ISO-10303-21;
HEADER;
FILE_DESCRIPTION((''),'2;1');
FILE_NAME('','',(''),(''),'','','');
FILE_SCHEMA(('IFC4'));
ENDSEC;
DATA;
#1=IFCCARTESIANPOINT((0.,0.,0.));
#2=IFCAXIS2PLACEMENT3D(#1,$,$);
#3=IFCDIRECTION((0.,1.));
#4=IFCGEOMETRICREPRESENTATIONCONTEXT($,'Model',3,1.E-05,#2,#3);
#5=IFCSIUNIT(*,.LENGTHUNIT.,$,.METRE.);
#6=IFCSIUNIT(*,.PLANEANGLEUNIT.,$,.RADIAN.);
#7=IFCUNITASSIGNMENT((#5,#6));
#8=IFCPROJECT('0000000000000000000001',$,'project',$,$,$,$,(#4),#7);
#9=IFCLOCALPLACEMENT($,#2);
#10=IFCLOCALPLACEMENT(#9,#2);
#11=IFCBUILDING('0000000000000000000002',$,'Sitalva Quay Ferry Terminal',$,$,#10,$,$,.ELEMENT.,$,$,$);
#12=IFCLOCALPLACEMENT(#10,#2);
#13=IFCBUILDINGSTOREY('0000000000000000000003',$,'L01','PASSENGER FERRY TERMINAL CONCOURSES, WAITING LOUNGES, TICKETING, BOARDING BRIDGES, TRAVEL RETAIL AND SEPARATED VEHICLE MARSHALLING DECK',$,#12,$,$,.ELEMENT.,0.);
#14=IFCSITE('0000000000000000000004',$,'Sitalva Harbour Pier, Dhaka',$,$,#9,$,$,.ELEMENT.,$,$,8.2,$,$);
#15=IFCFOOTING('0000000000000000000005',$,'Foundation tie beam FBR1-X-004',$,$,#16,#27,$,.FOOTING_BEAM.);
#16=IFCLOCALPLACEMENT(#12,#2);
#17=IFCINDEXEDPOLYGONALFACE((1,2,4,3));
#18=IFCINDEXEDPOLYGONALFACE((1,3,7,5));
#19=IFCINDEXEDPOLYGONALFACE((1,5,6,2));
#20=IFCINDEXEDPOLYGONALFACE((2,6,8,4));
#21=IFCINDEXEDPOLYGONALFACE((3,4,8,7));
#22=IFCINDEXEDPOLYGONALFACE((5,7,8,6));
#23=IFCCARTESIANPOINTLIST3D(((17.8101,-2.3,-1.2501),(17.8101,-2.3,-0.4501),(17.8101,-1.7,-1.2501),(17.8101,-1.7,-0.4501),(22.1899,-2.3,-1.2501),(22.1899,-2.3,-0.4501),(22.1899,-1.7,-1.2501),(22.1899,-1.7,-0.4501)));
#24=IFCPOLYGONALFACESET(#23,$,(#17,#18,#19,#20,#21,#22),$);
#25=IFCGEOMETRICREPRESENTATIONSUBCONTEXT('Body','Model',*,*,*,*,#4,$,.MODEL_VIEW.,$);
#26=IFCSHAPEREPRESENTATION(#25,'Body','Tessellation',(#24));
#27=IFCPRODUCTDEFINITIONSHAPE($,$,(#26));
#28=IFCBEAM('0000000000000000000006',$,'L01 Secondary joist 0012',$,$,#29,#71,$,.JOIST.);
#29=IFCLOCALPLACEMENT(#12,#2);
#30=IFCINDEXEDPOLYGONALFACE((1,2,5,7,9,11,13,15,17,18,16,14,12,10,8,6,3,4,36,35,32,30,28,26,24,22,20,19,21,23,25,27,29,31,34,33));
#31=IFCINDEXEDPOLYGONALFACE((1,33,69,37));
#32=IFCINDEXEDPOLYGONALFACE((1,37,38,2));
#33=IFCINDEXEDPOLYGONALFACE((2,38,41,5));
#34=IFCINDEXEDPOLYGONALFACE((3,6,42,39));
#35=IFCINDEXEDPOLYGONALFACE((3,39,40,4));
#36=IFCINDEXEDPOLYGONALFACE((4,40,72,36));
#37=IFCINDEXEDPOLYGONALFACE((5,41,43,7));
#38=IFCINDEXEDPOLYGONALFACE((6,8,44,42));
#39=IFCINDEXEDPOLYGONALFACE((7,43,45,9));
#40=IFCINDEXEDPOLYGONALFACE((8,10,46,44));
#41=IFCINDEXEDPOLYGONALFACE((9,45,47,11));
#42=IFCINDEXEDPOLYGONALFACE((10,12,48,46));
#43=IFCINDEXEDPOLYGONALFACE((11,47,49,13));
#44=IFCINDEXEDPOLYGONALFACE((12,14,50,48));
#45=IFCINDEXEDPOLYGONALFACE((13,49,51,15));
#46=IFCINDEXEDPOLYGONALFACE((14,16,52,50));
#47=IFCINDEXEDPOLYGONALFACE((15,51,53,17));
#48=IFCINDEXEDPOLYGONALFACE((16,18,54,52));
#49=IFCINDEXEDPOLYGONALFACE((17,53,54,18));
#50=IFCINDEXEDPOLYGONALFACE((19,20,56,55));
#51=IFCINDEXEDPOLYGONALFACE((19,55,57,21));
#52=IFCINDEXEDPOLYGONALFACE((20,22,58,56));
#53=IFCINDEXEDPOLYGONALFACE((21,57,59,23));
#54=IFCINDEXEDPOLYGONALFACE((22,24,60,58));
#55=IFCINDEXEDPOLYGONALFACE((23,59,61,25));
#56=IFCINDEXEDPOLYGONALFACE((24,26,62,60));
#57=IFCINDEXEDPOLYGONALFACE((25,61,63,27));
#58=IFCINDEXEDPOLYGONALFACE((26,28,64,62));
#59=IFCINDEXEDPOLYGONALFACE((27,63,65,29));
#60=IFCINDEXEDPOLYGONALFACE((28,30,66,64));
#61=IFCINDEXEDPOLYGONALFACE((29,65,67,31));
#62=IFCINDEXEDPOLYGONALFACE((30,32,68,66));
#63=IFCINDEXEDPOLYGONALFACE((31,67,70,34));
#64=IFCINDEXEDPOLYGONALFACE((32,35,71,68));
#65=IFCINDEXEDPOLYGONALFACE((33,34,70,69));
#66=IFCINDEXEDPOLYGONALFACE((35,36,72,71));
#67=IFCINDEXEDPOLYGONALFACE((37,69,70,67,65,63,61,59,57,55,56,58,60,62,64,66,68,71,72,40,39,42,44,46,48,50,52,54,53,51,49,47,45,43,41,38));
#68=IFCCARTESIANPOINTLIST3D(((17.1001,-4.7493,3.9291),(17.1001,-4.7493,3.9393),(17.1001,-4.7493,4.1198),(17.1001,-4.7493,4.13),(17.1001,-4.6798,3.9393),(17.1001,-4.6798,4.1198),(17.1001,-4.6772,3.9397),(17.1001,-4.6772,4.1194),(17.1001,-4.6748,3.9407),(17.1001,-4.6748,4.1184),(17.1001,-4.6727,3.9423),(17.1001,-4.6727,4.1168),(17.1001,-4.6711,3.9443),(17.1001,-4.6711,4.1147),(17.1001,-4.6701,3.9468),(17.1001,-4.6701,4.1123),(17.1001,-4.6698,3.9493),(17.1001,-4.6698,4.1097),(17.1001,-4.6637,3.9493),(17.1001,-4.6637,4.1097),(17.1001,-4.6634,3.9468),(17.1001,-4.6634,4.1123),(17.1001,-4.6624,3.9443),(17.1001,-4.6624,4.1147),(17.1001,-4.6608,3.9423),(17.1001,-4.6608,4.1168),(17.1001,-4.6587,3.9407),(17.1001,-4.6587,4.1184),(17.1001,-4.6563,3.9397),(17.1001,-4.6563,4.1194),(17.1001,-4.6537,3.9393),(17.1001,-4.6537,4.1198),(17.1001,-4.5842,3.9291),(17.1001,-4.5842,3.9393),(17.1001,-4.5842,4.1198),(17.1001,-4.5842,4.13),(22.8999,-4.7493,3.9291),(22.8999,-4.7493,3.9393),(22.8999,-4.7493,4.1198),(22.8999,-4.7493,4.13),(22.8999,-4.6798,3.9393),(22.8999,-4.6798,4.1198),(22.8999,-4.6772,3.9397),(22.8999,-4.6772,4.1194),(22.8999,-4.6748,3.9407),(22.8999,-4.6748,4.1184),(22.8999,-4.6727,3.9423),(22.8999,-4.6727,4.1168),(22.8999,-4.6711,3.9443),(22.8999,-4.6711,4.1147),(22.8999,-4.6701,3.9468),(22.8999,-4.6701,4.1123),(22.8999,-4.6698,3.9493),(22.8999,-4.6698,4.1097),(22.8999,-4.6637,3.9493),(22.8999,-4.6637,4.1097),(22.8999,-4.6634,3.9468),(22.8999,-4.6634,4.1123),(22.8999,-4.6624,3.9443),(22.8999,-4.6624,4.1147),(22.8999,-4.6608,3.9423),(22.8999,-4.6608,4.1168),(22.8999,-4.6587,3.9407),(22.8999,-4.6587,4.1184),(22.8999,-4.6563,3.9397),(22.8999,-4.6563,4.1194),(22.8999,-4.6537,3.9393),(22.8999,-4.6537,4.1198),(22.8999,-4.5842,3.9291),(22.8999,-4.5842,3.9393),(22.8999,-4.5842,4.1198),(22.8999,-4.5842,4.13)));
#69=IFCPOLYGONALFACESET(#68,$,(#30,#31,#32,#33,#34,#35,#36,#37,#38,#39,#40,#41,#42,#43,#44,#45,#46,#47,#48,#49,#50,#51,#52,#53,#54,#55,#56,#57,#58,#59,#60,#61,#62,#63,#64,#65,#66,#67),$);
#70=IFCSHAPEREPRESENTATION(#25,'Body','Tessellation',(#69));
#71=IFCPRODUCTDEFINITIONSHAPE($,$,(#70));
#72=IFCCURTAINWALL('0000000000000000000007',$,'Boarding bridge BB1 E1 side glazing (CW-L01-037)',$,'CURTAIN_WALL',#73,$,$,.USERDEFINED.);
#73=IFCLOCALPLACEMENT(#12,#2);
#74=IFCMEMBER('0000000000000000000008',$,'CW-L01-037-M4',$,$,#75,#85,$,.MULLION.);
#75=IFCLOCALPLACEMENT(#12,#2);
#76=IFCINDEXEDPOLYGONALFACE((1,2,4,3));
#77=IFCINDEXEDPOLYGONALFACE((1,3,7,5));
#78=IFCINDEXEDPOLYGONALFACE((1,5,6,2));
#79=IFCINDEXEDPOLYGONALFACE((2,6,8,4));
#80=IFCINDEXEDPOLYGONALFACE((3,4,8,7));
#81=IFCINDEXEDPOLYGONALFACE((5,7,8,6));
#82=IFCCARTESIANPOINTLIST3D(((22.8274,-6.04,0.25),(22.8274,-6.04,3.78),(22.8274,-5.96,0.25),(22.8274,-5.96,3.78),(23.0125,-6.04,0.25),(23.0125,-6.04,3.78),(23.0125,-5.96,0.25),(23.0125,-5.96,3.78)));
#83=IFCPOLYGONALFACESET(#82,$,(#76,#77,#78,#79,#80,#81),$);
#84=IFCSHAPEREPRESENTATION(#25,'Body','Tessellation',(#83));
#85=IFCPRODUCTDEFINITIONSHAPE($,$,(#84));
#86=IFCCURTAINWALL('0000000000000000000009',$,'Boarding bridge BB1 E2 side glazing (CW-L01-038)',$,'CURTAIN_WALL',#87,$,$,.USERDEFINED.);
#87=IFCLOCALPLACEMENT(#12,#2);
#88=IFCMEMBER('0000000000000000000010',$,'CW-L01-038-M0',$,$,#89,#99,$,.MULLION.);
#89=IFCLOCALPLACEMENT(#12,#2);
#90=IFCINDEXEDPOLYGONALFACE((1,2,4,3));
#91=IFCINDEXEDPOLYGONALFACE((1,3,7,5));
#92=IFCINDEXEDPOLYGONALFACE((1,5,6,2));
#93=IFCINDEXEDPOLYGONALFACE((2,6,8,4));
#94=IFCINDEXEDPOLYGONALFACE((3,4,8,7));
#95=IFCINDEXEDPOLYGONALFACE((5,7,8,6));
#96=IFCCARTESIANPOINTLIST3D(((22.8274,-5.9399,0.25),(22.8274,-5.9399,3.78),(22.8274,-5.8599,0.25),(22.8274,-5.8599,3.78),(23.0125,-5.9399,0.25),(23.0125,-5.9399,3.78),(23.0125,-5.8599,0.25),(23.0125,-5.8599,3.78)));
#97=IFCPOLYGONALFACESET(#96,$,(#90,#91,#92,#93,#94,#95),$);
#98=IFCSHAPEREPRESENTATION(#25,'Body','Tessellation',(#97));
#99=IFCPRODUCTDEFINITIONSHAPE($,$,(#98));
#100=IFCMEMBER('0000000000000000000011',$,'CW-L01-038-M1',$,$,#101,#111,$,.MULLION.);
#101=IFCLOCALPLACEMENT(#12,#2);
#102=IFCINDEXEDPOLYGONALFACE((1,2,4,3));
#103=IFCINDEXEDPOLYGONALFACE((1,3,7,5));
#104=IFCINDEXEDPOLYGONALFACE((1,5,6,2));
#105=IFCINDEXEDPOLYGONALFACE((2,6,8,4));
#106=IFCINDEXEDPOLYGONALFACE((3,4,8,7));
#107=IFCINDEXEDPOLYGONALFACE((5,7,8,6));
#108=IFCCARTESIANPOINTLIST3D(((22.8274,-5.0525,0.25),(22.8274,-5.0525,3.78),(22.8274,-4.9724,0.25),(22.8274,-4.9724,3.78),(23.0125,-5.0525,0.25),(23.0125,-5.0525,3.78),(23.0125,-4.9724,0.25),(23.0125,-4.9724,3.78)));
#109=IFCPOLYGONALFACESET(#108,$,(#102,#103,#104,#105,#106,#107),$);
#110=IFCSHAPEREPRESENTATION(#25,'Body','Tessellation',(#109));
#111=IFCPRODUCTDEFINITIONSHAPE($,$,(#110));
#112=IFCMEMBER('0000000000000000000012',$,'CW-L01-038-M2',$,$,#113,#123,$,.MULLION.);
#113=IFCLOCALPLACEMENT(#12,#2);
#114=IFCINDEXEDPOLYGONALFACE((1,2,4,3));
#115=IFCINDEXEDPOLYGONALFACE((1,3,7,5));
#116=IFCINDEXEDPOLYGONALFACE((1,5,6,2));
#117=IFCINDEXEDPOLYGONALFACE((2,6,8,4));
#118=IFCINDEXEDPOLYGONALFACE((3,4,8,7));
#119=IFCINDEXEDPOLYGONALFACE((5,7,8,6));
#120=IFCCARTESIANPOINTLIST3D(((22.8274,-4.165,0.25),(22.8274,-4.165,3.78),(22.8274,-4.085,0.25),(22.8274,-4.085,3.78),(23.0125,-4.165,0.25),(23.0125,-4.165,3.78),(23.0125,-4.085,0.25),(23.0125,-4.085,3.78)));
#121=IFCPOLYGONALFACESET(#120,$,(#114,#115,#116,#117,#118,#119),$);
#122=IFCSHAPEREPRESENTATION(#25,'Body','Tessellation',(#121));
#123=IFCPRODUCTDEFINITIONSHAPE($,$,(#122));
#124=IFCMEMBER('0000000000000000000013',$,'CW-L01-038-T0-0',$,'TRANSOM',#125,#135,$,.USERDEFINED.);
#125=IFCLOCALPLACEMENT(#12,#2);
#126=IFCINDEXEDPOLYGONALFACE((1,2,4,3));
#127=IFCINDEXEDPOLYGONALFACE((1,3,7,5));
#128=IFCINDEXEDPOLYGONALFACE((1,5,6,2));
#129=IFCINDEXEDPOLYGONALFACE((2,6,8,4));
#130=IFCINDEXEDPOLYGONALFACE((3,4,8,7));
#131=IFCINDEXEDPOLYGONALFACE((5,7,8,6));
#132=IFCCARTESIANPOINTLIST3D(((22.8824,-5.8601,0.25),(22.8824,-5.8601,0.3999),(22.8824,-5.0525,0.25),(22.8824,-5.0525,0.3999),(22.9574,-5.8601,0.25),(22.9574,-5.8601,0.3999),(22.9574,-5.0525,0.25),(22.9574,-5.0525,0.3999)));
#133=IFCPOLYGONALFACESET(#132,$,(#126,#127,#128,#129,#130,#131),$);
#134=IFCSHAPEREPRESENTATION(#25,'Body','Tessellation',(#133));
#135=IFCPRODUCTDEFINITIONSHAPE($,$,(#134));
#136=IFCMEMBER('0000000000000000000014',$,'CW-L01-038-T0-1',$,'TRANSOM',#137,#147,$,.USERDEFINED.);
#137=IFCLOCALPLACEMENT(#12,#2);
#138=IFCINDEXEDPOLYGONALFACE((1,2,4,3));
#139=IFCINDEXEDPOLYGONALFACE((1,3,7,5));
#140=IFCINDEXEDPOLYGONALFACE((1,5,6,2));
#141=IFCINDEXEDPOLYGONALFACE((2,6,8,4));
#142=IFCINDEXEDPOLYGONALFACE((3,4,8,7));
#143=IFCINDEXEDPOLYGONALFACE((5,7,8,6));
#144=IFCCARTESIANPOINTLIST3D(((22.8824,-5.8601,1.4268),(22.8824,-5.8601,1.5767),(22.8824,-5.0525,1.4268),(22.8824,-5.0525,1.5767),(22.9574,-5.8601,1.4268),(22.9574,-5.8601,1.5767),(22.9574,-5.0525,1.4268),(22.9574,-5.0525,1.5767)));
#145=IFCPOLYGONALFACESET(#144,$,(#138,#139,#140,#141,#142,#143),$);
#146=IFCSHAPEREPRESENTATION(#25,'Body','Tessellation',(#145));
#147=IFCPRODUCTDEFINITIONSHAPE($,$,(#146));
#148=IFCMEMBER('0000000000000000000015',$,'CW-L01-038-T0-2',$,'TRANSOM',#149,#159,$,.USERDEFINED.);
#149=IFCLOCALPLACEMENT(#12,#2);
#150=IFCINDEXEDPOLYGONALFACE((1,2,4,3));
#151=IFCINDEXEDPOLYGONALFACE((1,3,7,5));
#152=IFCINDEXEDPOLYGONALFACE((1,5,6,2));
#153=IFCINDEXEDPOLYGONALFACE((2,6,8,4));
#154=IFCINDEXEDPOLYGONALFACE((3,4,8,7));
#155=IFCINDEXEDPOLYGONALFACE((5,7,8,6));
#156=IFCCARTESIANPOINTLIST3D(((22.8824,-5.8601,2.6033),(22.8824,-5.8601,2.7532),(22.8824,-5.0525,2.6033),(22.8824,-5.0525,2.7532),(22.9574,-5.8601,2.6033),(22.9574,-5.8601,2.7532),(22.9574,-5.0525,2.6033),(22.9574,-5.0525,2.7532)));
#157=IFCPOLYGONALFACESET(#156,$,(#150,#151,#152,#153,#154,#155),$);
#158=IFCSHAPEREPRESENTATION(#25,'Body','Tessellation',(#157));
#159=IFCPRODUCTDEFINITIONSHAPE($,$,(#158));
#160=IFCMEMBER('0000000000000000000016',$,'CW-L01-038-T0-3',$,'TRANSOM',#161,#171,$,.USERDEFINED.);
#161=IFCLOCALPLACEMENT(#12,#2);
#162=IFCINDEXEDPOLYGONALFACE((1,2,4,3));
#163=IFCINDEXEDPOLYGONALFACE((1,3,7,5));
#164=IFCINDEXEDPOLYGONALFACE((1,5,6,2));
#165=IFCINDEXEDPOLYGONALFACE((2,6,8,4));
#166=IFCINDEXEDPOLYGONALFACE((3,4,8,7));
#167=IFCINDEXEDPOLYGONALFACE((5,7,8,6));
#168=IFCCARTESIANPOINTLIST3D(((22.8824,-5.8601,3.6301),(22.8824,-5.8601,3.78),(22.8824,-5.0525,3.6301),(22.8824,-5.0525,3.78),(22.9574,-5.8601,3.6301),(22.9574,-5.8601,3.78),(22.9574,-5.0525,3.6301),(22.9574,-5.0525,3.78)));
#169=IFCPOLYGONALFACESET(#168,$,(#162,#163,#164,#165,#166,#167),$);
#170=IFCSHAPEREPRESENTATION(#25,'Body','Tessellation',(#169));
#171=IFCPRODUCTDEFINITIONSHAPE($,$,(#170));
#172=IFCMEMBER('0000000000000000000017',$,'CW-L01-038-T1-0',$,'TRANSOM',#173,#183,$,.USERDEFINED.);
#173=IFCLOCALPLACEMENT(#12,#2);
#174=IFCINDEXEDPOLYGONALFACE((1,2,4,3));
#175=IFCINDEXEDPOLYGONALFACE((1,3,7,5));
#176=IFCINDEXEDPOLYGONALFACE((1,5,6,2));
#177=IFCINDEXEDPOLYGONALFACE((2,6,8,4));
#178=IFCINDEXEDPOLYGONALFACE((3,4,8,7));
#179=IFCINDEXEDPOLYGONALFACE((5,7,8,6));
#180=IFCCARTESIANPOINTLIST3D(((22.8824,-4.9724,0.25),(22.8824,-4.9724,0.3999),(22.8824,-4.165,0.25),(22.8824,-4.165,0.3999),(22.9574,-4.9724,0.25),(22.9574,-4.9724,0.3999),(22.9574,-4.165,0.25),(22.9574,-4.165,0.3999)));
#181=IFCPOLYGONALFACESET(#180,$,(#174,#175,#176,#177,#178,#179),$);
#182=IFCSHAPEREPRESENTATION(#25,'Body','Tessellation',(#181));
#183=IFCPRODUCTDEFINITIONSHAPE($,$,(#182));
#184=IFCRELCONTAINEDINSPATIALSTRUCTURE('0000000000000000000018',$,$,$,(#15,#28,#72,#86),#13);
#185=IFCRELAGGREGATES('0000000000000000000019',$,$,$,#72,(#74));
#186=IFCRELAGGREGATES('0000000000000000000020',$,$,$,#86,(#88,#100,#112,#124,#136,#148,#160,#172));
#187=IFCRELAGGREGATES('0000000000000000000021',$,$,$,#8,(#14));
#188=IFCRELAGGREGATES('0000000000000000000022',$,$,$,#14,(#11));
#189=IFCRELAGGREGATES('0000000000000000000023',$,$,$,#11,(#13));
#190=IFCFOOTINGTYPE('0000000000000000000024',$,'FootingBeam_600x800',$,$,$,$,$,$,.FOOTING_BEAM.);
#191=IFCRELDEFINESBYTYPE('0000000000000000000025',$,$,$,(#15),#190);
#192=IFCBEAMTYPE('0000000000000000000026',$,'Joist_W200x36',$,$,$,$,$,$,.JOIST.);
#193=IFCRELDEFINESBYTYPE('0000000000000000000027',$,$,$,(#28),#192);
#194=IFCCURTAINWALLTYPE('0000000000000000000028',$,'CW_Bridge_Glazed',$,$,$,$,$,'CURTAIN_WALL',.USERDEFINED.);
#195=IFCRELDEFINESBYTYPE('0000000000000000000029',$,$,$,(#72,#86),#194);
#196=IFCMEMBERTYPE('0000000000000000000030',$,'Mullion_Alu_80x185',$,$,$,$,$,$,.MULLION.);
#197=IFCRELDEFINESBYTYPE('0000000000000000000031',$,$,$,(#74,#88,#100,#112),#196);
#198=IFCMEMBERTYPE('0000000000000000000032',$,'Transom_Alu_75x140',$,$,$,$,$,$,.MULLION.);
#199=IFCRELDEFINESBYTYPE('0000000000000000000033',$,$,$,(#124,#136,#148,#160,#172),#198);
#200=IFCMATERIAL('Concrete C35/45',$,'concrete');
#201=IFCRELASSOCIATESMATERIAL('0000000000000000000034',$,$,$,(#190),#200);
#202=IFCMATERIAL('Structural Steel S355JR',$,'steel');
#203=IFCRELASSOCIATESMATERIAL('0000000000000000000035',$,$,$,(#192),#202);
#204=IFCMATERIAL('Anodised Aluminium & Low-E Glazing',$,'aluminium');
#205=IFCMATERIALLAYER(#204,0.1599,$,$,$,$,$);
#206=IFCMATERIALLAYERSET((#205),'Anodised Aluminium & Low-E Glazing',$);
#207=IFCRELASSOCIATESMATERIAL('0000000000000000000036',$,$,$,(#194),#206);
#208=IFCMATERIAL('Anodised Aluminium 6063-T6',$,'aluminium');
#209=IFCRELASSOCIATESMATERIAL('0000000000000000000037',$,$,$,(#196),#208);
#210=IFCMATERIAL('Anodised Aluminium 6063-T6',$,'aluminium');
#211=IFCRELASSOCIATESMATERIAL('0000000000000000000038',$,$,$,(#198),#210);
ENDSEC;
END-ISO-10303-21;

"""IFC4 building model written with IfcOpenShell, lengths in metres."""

from ifc_helpers import new_model, si_unit, direction, frame, origin, origin_2d, place, context, subcontext, project, spatial, rectangle, i_section, extrude, material, layer, layer_set, material_profile, profile_set, type_object, element, aggregate, save


model = new_model("IFC4")

# Units and contexts
model_context = context("Model", 3, precision=1e-05, world=origin(), true_north=direction((0.0, 1.0)))
body_context = subcontext(model_context, "Body", "Model", "MODEL_VIEW")
ifc_project = project(units=[si_unit("LENGTHUNIT", "METRE"), si_unit("PLANEANGLEUNIT", "RADIAN")], contexts=[model_context])

# Site, building, storey
site_placement = place(None, origin())
site = spatial("IfcSite", under=ifc_project, at=site_placement, Name="Sitalva Harbour Pier, Dhaka", CompositionType="ELEMENT", RefElevation=8.2)
building_placement = place(site_placement, origin())
building = spatial("IfcBuilding", under=site, at=building_placement, Name="Sitalva Quay Ferry Terminal", CompositionType="ELEMENT")
storey_placement = place(building_placement, origin())
storey = spatial("IfcBuildingStorey", under=building, at=storey_placement, Name="L01", Description="PASSENGER FERRY TERMINAL CONCOURSES, WAITING LOUNGES, TICKETING, BOARDING BRIDGES, TRAVEL RETAIL AND SEPARATED VEHICLE MARSHALLING DECK", CompositionType="ELEMENT", Elevation=0.0)

# Footing
ifc_material_1 = material(Name="Concrete C35/45", Category="concrete")
ifc_material_profile_1 = material_profile(ifc_material_1, rectangle(XDim=0.6001, YDim=0.8, at=origin_2d()), Name="RC600x800")
ifc_profile_set_1 = profile_set([ifc_material_profile_1], Name="Concrete C35/45")
footing_type = type_object("IfcFootingType", Name="FootingBeam_600x800", PredefinedType="FOOTING_BEAM", material=ifc_profile_set_1)
footing_placement = place(storey_placement, frame((17.8101, -2.0, -0.8501), z_axis=(1.0, 0.0, 0.0), x_axis=(0.0, 1.0, 0.0)))
element("IfcFooting", 1, at=footing_placement, inside=storey, type_object=footing_type, Name="Foundation tie beam FBR1-X-004", PredefinedType="FOOTING_BEAM", context=body_context, shape_type="SweptSolid", body=[
    extrude(rectangle(XDim=0.6001, YDim=0.8, at=origin_2d()), origin(), (0.0, 0.0, 1.0), 4.3799),
])

# Beam
ifc_material_2 = material(Name="Structural Steel S355JR", Category="steel")
ifc_material_profile_2 = material_profile(ifc_material_2, i_section(OverallWidth=0.165, OverallDepth=0.2009, WebThickness=0.0061, FlangeThickness=0.0103, FilletRadius=0.01, at=origin_2d()), Name="W200x36")
ifc_profile_set_2 = profile_set([ifc_material_profile_2], Name="Structural Steel S355JR")
beam_type = type_object("IfcBeamType", Name="Joist_W200x36", PredefinedType="JOIST", material=ifc_profile_set_2)
beam_placement = place(storey_placement, frame((17.1001, -4.6667, 4.0295), z_axis=(1.0, 0.0, 0.0), x_axis=(0.0, 1.0, 0.0)))
element("IfcBeam", 2, at=beam_placement, inside=storey, type_object=beam_type, Name="L01 Secondary joist 0012", PredefinedType="JOIST", context=body_context, shape_type="SweptSolid", body=[
    extrude(i_section(OverallWidth=0.165, OverallDepth=0.2009, WebThickness=0.0061, FlangeThickness=0.0103, FilletRadius=0.01, at=origin_2d()), origin(), (0.0, 0.0, 1.0), 5.7998),
])

# Curtain wall, member
ifc_material_3 = material(Name="Anodised Aluminium & Low-E Glazing", Category="aluminium")
ifc_layer_1 = layer(ifc_material_3, 0.1599)
ifc_layer_set_1 = layer_set([ifc_layer_1], Name="Anodised Aluminium & Low-E Glazing")
curtain_wall_type = type_object("IfcCurtainWallType", Name="CW_Bridge_Glazed", ElementType="CURTAIN_WALL", PredefinedType="USERDEFINED", material=ifc_layer_set_1)
curtain_wall_1_placement = place(storey_placement, origin())
curtain_wall_1 = element("IfcCurtainWall", 3, at=curtain_wall_1_placement, inside=storey, type_object=curtain_wall_type, Name="Boarding bridge BB1 E1 side glazing (CW-L01-037)", ObjectType="CURTAIN_WALL", PredefinedType="USERDEFINED")
ifc_material_4 = material(Name="Anodised Aluminium 6063-T6", Category="aluminium")
ifc_material_profile_3 = material_profile(ifc_material_4, rectangle(XDim=0.0801, YDim=0.1851, at=origin_2d()), Name="ALU80x185")
ifc_profile_set_3 = profile_set([ifc_material_profile_3], Name="Anodised Aluminium 6063-T6")
member_type_1 = type_object("IfcMemberType", Name="Mullion_Alu_80x185", PredefinedType="MULLION", material=ifc_profile_set_3)
member_1_placement = place(storey_placement, frame((22.9199, -6.0, 0.25), z_axis=(0.0, 0.0, 1.0), x_axis=(0.0, 1.0, 0.0)))
member_1 = element("IfcMember", 4, at=member_1_placement, type_object=member_type_1, Name="CW-L01-037-M4", PredefinedType="MULLION", context=body_context, shape_type="SweptSolid", body=[
    extrude(rectangle(XDim=0.0801, YDim=0.1851, at=origin_2d()), origin(), (0.0, 0.0, 1.0), 3.53),
])

# Curtain wall, members
curtain_wall_2_placement = place(storey_placement, origin())
curtain_wall_2 = element("IfcCurtainWall", 5, at=curtain_wall_2_placement, inside=storey, type_object=curtain_wall_type, Name="Boarding bridge BB1 E2 side glazing (CW-L01-038)", ObjectType="CURTAIN_WALL", PredefinedType="USERDEFINED")
member_2_placement = place(storey_placement, frame((22.9199, -5.8999, 0.25), z_axis=(0.0, 0.0, 1.0), x_axis=(0.0, 1.0, 0.0)))
member_2 = element("IfcMember", 6, at=member_2_placement, type_object=member_type_1, Name="CW-L01-038-M0", PredefinedType="MULLION", context=body_context, shape_type="SweptSolid", body=[
    extrude(rectangle(XDim=0.0801, YDim=0.1851, at=origin_2d()), origin(), (0.0, 0.0, 1.0), 3.53),
])
member_3_placement = place(storey_placement, frame((22.9199, -5.0125, 0.25), z_axis=(0.0, 0.0, 1.0), x_axis=(0.0, 1.0, 0.0)))
member_3 = element("IfcMember", 7, at=member_3_placement, type_object=member_type_1, Name="CW-L01-038-M1", PredefinedType="MULLION", context=body_context, shape_type="SweptSolid", body=[
    extrude(rectangle(XDim=0.0801, YDim=0.1851, at=origin_2d()), origin(), (0.0, 0.0, 1.0), 3.53),
])
member_4_placement = place(storey_placement, frame((22.9199, -4.125, 0.25), z_axis=(0.0, 0.0, 1.0), x_axis=(0.0, 1.0, 0.0)))
member_4 = element("IfcMember", 8, at=member_4_placement, type_object=member_type_1, Name="CW-L01-038-M2", PredefinedType="MULLION", context=body_context, shape_type="SweptSolid", body=[
    extrude(rectangle(XDim=0.0801, YDim=0.1851, at=origin_2d()), origin(), (0.0, 0.0, 1.0), 3.53),
])
ifc_material_5 = material(Name="Anodised Aluminium 6063-T6", Category="aluminium")
ifc_material_profile_4 = material_profile(ifc_material_5, rectangle(XDim=0.075, YDim=0.1499, at=origin_2d()), Name="ALU75x150")
ifc_profile_set_4 = profile_set([ifc_material_profile_4], Name="Anodised Aluminium 6063-T6")
member_type_2 = type_object("IfcMemberType", Name="Transom_Alu_75x140", PredefinedType="MULLION", material=ifc_profile_set_4)
member_5_placement = place(storey_placement, frame((22.9199, -5.8601, 0.325), z_axis=(0.0, 1.0, 0.0), x_axis=(-1.0, 0.0, 0.0)))
member_5 = element("IfcMember", 9, at=member_5_placement, type_object=member_type_2, Name="CW-L01-038-T0-0", ObjectType="TRANSOM", PredefinedType="USERDEFINED", context=body_context, shape_type="SweptSolid", body=[
    extrude(rectangle(XDim=0.075, YDim=0.1499, at=origin_2d()), origin(), (0.0, 0.0, 1.0), 0.8076),
])
member_6_placement = place(storey_placement, frame((22.9199, -5.8601, 1.5017), z_axis=(0.0, 1.0, 0.0), x_axis=(-1.0, 0.0, 0.0)))
member_6 = element("IfcMember", 10, at=member_6_placement, type_object=member_type_2, Name="CW-L01-038-T0-1", ObjectType="TRANSOM", PredefinedType="USERDEFINED", context=body_context, shape_type="SweptSolid", body=[
    extrude(rectangle(XDim=0.075, YDim=0.1499, at=origin_2d()), origin(), (0.0, 0.0, 1.0), 0.8076),
])
member_7_placement = place(storey_placement, frame((22.9199, -5.8601, 2.6782), z_axis=(0.0, 1.0, 0.0), x_axis=(-1.0, 0.0, 0.0)))
member_7 = element("IfcMember", 11, at=member_7_placement, type_object=member_type_2, Name="CW-L01-038-T0-2", ObjectType="TRANSOM", PredefinedType="USERDEFINED", context=body_context, shape_type="SweptSolid", body=[
    extrude(rectangle(XDim=0.075, YDim=0.1499, at=origin_2d()), origin(), (0.0, 0.0, 1.0), 0.8076),
])
member_8_placement = place(storey_placement, frame((22.9199, -5.8601, 3.7051), z_axis=(0.0, 1.0, 0.0), x_axis=(-1.0, 0.0, 0.0)))
member_8 = element("IfcMember", 12, at=member_8_placement, type_object=member_type_2, Name="CW-L01-038-T0-3", ObjectType="TRANSOM", PredefinedType="USERDEFINED", context=body_context, shape_type="SweptSolid", body=[
    extrude(rectangle(XDim=0.075, YDim=0.1499, at=origin_2d()), origin(), (0.0, 0.0, 1.0), 0.8076),
])
member_9_placement = place(storey_placement, frame((22.9199, -4.9724, 0.325), z_axis=(0.0, 1.0, 0.0), x_axis=(-1.0, 0.0, 0.0)))
member_9 = element("IfcMember", 13, at=member_9_placement, type_object=member_type_2, Name="CW-L01-038-T1-0", ObjectType="TRANSOM", PredefinedType="USERDEFINED", context=body_context, shape_type="SweptSolid", body=[
    extrude(rectangle(XDim=0.075, YDim=0.1499, at=origin_2d()), origin(), (0.0, 0.0, 1.0), 0.8074),
])

aggregate(curtain_wall_1, [member_1])
aggregate(curtain_wall_2, [member_2, member_3, member_4, member_5, member_6, member_7, member_8, member_9])

save(model, "model.ifc")
